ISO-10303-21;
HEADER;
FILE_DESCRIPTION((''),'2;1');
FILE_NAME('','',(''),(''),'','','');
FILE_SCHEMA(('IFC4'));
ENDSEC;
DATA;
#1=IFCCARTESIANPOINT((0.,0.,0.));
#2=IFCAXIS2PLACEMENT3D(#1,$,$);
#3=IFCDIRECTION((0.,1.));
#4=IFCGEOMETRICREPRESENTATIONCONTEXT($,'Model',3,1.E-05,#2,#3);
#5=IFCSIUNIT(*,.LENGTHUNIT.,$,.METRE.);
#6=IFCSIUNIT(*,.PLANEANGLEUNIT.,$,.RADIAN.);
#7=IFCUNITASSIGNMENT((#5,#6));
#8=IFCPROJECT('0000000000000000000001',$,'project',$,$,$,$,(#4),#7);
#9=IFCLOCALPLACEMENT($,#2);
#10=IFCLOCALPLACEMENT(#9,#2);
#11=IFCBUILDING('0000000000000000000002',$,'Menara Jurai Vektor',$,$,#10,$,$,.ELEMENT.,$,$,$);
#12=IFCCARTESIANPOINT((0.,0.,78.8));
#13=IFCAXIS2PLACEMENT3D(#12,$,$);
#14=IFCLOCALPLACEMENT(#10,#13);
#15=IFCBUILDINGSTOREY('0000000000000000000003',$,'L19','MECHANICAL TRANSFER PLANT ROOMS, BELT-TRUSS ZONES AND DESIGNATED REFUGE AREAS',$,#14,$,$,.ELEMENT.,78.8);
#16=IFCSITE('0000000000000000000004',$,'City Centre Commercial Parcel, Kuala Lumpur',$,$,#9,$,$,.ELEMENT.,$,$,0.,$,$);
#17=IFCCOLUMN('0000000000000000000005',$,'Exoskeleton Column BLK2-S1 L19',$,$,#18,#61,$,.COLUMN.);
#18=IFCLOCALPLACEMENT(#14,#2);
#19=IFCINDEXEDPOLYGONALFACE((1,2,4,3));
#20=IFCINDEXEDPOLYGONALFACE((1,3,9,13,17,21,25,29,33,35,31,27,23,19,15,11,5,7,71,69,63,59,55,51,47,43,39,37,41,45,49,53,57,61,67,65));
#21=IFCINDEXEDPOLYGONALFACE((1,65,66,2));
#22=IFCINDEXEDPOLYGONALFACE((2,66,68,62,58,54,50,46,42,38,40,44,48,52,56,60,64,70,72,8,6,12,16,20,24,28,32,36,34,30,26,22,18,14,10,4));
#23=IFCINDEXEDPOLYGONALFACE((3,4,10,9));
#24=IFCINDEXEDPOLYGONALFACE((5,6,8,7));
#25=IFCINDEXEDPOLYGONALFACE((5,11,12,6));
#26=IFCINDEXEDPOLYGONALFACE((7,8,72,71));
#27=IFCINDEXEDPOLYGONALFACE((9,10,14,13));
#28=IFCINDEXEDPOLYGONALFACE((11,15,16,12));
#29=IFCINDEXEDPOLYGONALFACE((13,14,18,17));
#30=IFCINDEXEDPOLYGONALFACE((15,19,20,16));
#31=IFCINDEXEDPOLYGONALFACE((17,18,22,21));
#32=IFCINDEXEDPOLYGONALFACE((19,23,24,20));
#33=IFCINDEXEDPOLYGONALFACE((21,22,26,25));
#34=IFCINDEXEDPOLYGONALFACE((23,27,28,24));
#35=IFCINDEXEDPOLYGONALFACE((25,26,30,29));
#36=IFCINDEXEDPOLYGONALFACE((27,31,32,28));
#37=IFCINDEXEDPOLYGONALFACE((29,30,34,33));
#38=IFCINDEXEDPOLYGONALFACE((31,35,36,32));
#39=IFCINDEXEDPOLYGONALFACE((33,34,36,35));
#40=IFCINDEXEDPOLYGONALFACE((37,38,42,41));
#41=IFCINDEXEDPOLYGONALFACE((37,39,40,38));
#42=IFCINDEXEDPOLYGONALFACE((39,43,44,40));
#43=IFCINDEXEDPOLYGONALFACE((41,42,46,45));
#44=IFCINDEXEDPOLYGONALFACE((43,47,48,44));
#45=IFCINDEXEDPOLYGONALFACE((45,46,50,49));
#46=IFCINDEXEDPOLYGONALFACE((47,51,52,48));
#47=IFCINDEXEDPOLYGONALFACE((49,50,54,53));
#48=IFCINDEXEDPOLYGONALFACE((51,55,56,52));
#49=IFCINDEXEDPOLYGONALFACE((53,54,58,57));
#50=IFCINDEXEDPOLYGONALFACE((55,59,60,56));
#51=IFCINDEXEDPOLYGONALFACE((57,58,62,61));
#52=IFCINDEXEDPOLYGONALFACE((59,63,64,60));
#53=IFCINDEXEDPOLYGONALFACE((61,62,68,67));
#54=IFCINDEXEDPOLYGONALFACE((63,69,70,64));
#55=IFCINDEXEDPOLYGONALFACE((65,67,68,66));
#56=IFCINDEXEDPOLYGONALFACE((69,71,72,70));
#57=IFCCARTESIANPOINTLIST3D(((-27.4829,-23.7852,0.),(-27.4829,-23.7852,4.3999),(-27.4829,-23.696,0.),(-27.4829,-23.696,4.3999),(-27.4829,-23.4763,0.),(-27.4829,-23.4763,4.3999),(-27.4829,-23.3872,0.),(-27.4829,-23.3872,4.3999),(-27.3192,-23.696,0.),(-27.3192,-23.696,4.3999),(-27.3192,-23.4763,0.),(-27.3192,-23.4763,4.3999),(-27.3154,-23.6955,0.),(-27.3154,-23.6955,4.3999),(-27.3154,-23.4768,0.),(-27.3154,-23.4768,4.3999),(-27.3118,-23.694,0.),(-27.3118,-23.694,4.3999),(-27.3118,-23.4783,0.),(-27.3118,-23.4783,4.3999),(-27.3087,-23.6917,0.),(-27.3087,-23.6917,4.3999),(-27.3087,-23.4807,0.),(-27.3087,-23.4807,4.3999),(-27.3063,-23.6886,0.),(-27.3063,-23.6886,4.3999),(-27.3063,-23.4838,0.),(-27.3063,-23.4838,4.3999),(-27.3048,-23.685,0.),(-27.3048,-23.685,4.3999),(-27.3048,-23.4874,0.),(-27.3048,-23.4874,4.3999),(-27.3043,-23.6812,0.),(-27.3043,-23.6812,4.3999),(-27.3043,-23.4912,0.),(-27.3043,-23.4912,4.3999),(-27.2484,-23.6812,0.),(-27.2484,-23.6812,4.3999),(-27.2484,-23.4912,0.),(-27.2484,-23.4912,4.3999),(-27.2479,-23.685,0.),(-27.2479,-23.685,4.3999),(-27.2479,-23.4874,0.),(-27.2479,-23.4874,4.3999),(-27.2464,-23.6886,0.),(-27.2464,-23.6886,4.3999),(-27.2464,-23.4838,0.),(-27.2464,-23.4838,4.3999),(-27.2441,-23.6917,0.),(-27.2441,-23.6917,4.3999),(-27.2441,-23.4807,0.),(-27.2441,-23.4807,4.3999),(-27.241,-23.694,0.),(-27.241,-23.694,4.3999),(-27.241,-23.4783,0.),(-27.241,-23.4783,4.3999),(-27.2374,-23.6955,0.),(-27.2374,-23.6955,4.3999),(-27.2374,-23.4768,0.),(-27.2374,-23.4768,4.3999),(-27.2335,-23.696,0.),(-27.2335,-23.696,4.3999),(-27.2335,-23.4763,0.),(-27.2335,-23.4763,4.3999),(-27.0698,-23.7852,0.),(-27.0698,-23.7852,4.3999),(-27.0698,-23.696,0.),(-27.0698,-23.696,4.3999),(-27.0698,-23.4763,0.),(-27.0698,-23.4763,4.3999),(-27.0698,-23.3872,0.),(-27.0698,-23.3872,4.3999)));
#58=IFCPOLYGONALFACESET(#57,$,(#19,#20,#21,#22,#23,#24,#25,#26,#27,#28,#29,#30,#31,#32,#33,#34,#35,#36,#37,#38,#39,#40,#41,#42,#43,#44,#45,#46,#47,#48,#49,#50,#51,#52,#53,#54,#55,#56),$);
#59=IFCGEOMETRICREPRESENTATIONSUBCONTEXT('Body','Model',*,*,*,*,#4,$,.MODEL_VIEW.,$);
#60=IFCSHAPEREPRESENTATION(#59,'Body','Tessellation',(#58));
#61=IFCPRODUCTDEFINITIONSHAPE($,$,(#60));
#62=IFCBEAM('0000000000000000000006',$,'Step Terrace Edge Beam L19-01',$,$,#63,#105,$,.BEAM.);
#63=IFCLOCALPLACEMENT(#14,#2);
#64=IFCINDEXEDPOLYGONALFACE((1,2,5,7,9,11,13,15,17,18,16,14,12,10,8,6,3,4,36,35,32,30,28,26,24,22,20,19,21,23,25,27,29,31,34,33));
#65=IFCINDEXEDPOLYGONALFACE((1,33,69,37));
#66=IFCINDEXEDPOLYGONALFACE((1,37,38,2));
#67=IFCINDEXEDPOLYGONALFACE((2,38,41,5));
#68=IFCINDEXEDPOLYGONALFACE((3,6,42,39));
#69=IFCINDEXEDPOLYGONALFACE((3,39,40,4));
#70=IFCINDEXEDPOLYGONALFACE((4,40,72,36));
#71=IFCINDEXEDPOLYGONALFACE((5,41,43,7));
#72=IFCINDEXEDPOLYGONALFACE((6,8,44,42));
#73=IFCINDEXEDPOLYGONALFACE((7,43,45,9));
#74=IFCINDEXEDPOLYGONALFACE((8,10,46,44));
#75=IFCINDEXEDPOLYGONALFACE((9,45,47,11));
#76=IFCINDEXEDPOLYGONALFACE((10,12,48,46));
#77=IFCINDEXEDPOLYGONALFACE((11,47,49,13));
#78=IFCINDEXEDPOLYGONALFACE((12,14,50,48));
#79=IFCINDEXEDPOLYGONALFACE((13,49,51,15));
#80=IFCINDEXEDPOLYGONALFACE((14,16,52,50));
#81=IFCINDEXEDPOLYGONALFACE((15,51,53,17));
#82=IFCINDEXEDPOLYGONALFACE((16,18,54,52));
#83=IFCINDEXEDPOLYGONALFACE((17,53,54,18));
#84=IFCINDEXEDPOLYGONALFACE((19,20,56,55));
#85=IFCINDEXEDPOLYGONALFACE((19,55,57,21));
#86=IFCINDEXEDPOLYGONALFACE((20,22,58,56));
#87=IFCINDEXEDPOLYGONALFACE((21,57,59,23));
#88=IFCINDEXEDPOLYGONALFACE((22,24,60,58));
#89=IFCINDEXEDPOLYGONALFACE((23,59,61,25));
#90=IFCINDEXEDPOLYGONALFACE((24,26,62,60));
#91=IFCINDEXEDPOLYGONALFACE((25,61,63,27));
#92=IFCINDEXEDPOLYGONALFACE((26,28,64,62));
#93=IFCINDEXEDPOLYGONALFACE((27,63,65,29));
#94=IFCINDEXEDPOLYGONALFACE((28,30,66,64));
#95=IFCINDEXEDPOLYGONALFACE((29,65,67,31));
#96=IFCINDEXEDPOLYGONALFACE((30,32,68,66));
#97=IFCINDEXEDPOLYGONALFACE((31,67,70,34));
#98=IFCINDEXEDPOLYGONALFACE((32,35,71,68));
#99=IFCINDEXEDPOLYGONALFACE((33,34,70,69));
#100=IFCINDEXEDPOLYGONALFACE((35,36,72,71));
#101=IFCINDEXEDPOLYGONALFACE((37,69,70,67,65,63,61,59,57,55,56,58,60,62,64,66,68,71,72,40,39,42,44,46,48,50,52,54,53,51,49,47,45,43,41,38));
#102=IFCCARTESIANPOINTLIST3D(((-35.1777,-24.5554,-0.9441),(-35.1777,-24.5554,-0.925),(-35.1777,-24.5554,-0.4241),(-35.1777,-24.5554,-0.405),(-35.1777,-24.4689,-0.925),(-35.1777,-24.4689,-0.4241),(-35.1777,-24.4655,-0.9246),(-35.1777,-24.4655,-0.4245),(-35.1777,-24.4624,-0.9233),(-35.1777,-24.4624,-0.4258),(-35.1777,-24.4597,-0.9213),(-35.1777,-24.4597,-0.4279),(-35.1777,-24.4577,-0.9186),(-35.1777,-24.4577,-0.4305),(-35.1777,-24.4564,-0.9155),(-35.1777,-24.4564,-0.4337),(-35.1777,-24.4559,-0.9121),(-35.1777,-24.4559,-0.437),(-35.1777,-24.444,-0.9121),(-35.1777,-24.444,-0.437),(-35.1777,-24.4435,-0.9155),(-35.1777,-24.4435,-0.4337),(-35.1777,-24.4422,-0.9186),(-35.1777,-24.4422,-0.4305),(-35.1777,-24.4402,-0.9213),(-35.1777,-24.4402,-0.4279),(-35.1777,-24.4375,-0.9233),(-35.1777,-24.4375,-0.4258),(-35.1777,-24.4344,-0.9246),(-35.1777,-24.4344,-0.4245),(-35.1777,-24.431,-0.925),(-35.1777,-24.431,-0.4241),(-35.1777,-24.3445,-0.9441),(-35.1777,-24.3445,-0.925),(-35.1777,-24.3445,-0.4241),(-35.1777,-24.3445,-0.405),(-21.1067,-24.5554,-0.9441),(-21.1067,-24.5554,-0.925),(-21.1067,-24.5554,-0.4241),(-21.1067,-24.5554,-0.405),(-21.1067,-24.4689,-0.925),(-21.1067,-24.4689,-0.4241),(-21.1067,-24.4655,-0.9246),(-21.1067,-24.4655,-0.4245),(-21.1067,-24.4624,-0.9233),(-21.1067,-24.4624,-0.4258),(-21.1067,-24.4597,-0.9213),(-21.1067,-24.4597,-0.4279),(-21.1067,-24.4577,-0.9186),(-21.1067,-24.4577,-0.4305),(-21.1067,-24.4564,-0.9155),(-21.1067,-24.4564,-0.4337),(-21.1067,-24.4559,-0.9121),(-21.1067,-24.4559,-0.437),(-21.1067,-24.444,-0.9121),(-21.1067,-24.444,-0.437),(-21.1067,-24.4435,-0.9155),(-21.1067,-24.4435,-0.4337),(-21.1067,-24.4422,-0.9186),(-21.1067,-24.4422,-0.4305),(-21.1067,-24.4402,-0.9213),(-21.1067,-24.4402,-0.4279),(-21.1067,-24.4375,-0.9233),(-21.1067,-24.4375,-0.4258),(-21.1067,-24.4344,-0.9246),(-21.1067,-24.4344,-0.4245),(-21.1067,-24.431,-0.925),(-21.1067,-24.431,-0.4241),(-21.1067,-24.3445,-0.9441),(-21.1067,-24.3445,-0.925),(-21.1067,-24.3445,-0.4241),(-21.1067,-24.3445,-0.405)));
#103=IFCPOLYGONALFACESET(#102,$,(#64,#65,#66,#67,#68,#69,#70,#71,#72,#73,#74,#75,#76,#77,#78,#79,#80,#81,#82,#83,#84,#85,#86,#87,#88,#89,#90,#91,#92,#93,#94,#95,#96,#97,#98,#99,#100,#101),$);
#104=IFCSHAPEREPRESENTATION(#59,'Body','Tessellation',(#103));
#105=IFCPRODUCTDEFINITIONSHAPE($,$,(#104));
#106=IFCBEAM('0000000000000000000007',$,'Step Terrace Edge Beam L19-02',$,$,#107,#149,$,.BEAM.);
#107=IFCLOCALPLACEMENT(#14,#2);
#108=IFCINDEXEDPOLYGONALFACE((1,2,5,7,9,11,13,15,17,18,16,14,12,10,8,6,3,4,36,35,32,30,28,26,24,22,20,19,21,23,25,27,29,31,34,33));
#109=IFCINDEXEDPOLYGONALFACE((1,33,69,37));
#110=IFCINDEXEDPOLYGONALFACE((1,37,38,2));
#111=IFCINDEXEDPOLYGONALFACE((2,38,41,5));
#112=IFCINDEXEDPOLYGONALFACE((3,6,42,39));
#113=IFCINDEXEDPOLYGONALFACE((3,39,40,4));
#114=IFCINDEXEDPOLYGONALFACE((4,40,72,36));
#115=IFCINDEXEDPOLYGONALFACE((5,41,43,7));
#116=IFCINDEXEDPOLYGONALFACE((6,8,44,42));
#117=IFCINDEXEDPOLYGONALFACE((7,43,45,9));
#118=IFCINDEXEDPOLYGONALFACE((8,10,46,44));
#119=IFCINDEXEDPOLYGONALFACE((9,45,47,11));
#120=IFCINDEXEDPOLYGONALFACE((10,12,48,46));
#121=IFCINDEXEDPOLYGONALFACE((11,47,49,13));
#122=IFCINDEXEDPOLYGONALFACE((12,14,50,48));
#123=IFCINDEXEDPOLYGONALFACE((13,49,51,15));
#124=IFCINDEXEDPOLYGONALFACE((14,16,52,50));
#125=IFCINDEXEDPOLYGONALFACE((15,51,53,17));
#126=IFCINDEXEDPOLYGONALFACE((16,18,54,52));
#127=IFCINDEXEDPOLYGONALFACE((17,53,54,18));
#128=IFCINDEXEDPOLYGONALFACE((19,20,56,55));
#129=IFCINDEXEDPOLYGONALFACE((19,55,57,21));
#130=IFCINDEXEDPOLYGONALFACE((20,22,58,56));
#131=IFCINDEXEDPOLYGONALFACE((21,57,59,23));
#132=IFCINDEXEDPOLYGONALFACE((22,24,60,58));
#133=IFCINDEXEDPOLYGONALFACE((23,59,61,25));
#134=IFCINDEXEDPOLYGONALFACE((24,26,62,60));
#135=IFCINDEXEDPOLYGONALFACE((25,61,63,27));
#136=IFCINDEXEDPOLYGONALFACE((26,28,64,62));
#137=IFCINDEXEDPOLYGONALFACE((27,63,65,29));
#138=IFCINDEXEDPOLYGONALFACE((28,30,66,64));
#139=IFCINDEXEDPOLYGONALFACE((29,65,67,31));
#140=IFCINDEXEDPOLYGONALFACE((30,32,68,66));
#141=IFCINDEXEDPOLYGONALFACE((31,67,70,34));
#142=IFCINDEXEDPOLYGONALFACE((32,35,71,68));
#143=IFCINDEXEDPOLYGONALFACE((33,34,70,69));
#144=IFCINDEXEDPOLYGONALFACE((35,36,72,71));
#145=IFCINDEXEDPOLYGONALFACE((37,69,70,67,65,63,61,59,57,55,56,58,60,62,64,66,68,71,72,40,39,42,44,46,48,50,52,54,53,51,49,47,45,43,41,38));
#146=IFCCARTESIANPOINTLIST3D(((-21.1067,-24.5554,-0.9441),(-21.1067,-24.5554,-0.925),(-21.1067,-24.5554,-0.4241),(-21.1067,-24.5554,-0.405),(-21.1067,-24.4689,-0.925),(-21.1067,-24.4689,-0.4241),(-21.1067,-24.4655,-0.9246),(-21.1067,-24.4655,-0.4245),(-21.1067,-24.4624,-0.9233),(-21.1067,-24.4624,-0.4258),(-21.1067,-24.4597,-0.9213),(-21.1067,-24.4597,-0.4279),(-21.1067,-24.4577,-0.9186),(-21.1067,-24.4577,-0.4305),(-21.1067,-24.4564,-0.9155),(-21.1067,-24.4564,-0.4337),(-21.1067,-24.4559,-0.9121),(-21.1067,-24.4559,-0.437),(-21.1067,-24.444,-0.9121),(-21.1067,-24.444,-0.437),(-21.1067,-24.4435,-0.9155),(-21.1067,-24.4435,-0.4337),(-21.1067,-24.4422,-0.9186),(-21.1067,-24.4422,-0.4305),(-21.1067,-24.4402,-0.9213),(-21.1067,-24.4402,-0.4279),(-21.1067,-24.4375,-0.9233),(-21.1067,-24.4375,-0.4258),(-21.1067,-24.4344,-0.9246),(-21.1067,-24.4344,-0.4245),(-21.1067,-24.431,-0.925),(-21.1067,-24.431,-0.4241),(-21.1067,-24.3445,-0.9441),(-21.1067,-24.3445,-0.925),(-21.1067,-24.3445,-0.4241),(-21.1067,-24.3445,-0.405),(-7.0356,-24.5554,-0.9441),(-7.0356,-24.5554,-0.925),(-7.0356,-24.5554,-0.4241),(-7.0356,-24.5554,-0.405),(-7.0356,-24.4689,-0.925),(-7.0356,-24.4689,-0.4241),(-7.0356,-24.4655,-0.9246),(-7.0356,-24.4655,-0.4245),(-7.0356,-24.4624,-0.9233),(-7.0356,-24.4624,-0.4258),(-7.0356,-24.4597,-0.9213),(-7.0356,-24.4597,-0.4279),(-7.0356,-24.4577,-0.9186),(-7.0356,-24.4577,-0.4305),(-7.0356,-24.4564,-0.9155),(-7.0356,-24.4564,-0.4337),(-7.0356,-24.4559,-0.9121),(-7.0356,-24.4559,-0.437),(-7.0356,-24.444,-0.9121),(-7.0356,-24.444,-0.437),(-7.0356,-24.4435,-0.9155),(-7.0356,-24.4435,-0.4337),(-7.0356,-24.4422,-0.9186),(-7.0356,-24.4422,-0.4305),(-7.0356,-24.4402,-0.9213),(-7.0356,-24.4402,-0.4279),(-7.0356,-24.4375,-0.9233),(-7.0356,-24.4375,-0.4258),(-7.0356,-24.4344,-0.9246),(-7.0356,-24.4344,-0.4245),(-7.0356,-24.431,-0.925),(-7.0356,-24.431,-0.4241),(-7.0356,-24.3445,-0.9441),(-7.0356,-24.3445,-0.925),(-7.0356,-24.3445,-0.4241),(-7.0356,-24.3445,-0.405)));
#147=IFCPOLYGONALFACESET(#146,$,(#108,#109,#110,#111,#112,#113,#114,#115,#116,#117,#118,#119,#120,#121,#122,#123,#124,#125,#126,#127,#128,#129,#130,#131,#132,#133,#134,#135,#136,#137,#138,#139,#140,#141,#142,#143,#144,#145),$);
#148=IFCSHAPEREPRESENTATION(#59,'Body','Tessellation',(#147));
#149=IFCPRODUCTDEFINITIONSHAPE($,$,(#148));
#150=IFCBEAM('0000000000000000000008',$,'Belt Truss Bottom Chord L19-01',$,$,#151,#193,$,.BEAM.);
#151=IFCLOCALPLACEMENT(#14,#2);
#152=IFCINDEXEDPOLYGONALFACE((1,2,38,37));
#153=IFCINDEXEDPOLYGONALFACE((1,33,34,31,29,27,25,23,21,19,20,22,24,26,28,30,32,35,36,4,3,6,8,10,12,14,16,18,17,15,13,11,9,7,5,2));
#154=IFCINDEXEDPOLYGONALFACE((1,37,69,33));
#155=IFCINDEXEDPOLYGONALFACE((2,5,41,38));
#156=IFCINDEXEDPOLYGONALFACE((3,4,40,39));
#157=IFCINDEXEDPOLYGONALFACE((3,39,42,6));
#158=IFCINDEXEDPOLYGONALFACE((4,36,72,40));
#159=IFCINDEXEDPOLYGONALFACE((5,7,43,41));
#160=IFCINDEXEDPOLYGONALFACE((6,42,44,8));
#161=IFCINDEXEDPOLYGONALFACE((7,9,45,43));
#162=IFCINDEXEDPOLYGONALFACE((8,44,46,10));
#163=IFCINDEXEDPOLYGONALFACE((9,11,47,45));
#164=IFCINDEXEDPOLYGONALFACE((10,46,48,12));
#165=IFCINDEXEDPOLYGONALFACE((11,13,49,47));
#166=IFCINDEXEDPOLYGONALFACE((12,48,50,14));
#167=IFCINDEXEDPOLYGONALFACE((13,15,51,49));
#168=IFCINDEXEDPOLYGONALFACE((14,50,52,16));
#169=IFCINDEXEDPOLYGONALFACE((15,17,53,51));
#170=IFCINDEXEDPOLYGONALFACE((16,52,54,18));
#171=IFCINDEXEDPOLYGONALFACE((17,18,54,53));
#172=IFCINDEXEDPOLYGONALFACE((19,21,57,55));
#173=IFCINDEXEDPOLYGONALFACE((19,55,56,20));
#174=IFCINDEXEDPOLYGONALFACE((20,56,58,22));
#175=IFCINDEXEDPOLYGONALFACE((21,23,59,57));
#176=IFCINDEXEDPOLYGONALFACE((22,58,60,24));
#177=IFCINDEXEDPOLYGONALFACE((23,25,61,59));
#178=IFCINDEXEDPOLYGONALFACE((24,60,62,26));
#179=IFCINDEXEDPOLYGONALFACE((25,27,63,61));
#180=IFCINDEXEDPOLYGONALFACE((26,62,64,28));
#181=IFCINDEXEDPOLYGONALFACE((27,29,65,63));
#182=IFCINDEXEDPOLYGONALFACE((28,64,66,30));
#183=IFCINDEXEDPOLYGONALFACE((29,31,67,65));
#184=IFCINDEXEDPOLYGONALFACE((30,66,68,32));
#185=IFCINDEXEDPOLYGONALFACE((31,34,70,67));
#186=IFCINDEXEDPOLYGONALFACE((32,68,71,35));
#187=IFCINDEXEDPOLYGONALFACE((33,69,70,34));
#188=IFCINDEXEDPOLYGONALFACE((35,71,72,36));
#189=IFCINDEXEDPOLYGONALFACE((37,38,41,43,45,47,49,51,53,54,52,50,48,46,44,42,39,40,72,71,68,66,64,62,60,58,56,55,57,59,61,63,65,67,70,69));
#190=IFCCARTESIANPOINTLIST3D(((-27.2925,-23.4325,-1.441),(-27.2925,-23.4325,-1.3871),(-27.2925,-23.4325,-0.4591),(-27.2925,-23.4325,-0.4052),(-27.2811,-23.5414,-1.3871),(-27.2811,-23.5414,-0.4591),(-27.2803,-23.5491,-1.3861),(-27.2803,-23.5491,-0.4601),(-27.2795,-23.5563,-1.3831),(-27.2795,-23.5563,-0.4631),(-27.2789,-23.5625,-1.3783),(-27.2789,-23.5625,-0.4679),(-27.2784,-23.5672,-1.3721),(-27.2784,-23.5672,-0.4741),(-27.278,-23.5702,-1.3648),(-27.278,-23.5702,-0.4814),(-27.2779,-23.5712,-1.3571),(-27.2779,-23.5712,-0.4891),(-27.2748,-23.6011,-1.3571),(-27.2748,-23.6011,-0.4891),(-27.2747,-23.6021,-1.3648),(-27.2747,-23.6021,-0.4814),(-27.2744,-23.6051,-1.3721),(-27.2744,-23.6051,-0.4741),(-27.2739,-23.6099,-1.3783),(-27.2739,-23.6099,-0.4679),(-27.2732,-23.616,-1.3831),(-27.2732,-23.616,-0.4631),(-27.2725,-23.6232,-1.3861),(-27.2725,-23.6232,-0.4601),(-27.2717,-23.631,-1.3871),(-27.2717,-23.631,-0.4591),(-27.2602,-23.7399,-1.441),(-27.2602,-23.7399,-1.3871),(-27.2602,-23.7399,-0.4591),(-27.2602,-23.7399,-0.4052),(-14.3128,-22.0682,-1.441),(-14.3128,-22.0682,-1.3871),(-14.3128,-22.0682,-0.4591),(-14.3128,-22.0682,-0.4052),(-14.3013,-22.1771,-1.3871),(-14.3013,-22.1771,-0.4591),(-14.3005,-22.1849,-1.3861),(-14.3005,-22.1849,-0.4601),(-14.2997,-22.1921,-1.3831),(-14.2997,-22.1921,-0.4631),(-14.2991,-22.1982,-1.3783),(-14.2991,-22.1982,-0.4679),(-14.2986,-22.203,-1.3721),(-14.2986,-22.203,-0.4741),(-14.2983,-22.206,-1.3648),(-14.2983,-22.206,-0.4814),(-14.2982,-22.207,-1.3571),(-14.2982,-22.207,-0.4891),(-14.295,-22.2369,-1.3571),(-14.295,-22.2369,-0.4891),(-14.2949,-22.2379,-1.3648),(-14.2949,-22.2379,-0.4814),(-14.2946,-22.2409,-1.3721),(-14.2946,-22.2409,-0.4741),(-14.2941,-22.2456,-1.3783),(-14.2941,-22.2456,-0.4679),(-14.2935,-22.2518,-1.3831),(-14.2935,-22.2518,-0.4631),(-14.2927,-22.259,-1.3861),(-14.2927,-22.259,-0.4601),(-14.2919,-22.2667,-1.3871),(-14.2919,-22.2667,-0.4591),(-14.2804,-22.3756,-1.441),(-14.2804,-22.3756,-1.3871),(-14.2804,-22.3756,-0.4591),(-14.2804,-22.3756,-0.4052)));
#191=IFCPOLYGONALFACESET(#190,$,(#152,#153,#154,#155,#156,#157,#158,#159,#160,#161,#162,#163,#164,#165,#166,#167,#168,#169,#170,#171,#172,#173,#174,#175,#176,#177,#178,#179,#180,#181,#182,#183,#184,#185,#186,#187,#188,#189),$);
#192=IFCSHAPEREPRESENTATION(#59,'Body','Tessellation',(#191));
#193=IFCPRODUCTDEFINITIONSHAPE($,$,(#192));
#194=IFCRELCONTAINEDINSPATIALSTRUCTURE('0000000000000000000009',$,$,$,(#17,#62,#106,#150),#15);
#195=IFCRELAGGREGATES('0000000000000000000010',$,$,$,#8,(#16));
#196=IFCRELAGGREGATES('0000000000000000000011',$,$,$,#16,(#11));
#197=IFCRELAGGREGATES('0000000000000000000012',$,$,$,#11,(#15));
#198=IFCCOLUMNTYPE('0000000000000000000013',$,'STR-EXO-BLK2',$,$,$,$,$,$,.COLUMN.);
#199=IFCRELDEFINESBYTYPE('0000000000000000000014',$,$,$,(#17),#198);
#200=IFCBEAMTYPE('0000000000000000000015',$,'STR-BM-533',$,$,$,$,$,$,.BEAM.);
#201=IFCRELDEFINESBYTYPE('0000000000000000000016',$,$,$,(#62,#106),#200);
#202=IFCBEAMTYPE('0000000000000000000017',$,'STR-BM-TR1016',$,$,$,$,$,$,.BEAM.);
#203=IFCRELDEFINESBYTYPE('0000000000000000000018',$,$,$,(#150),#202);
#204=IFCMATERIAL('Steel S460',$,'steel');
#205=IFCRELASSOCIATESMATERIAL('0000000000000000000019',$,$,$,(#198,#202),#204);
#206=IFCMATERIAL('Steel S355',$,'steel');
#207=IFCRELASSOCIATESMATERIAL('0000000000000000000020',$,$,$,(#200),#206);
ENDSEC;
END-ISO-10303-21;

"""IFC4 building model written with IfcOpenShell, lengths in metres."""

from ifc_helpers import new_model, si_unit, direction, frame, origin, origin_2d, place, context, subcontext, project, spatial, i_section, extrude, material, material_profile, profile_set, type_object, element, save


model = new_model("IFC4")

# Units and contexts
model_context = context("Model", 3, precision=1e-05, world=origin(), true_north=direction((0.0, 1.0)))
body_context = subcontext(model_context, "Body", "Model", "MODEL_VIEW")
ifc_project = project(units=[si_unit("LENGTHUNIT", "METRE"), si_unit("PLANEANGLEUNIT", "RADIAN")], contexts=[model_context])

# Site, building, storey
site_placement = place(None, origin())
site = spatial("IfcSite", under=ifc_project, at=site_placement, Name="City Centre Commercial Parcel, Kuala Lumpur", CompositionType="ELEMENT", RefElevation=0.0)
building_placement = place(site_placement, origin())
building = spatial("IfcBuilding", under=site, at=building_placement, Name="Menara Jurai Vektor", CompositionType="ELEMENT")
storey_placement = place(building_placement, frame((0.0, 0.0, 78.8)))
storey = spatial("IfcBuildingStorey", under=building, at=storey_placement, Name="L19", Description="MECHANICAL TRANSFER PLANT ROOMS, BELT-TRUSS ZONES AND DESIGNATED REFUGE AREAS", CompositionType="ELEMENT", Elevation=78.8)

# Column
ifc_material_1 = material(Name="Steel S460", Category="steel")
ifc_material_profile_1 = material_profile(ifc_material_1, i_section(OverallWidth=0.4131, OverallDepth=0.3979, WebThickness=0.0559, FlangeThickness=0.0891, FilletRadius=0.0149, at=origin_2d()), Name="HD 400x744")
ifc_profile_set_1 = profile_set([ifc_material_profile_1], Name="Steel S460")
column_type = type_object("IfcColumnType", Name="STR-EXO-BLK2", PredefinedType="COLUMN", material=ifc_profile_set_1)
column_placement = place(storey_placement, frame((-27.2764, -23.5862, 0.0), z_axis=(0.0, 0.0, 1.0), x_axis=(1.0, 0.0, 0.0)))
element("IfcColumn", 1, at=column_placement, inside=storey, type_object=column_type, Name="Exoskeleton Column BLK2-S1 L19", PredefinedType="COLUMN", context=body_context, shape_type="SweptSolid", body=[
    extrude(i_section(OverallWidth=0.4131, OverallDepth=0.3979, WebThickness=0.0559, FlangeThickness=0.0891, FilletRadius=0.0149, at=origin_2d()), origin(), (0.0, 0.0, 1.0), 4.3999),
])

# Beams
ifc_material_2 = material(Name="Steel S355", Category="steel")
ifc_material_profile_2 = material_profile(ifc_material_2, i_section(OverallWidth=0.2109, OverallDepth=0.5391, WebThickness=0.012, FlangeThickness=0.019, FilletRadius=0.0129, at=origin_2d()), Name="UKB 533x210x109")
ifc_profile_set_2 = profile_set([ifc_material_profile_2], Name="Steel S355")
beam_type_1 = type_object("IfcBeamType", Name="STR-BM-533", PredefinedType="BEAM", material=ifc_profile_set_2)
for number, where, z_axis, x_axis, name in (
    (2, (-35.1777, -24.45, -0.6746), (1.0, 0.0, 0.0), (0.0, 1.0, 0.0), "Step Terrace Edge Beam L19-01"),
    (3, (-21.1067, -24.45, -0.6746), (1.0, 0.0, 0.0), (0.0, 1.0, 0.0), "Step Terrace Edge Beam L19-02"),
):
    element("IfcBeam", number, at=place(storey_placement, frame(where, z_axis=z_axis, x_axis=x_axis)), inside=storey, type_object=beam_type_1, Name=name, PredefinedType="BEAM", context=body_context, shape_type="SweptSolid", body=[
        extrude(i_section(OverallWidth=0.2109, OverallDepth=0.5391, WebThickness=0.012, FlangeThickness=0.019, FilletRadius=0.0129, at=origin_2d()), origin(), (0.0, 0.0, 1.0), 14.071),
    ])
ifc_material_profile_3 = material_profile(ifc_material_1, i_section(OverallWidth=0.3091, OverallDepth=1.0359, WebThickness=0.03, FlangeThickness=0.054, FilletRadius=0.03, at=origin_2d()), Name="UKB 1016x305x487")
ifc_profile_set_3 = profile_set([ifc_material_profile_3], Name="Steel S460")
beam_type_2 = type_object("IfcBeamType", Name="STR-BM-TR1016", PredefinedType="BEAM", material=ifc_profile_set_3)
beam_1_placement = place(storey_placement, frame((-27.2764, -23.5862, -0.9231), z_axis=(0.994522, 0.104531, 0.0), x_axis=(-0.104531, 0.994522, 0.0)))
element("IfcBeam", 4, at=beam_1_placement, inside=storey, type_object=beam_type_2, Name="Belt Truss Bottom Chord L19-01", PredefinedType="BEAM", context=body_context, shape_type="SweptSolid", body=[
    extrude(i_section(OverallWidth=0.3091, OverallDepth=1.0359, WebThickness=0.03, FlangeThickness=0.054, FilletRadius=0.03, at=origin_2d()), origin(), (0.0, 0.0, 1.0), 13.0513),
])

save(model, "model.ifc")
